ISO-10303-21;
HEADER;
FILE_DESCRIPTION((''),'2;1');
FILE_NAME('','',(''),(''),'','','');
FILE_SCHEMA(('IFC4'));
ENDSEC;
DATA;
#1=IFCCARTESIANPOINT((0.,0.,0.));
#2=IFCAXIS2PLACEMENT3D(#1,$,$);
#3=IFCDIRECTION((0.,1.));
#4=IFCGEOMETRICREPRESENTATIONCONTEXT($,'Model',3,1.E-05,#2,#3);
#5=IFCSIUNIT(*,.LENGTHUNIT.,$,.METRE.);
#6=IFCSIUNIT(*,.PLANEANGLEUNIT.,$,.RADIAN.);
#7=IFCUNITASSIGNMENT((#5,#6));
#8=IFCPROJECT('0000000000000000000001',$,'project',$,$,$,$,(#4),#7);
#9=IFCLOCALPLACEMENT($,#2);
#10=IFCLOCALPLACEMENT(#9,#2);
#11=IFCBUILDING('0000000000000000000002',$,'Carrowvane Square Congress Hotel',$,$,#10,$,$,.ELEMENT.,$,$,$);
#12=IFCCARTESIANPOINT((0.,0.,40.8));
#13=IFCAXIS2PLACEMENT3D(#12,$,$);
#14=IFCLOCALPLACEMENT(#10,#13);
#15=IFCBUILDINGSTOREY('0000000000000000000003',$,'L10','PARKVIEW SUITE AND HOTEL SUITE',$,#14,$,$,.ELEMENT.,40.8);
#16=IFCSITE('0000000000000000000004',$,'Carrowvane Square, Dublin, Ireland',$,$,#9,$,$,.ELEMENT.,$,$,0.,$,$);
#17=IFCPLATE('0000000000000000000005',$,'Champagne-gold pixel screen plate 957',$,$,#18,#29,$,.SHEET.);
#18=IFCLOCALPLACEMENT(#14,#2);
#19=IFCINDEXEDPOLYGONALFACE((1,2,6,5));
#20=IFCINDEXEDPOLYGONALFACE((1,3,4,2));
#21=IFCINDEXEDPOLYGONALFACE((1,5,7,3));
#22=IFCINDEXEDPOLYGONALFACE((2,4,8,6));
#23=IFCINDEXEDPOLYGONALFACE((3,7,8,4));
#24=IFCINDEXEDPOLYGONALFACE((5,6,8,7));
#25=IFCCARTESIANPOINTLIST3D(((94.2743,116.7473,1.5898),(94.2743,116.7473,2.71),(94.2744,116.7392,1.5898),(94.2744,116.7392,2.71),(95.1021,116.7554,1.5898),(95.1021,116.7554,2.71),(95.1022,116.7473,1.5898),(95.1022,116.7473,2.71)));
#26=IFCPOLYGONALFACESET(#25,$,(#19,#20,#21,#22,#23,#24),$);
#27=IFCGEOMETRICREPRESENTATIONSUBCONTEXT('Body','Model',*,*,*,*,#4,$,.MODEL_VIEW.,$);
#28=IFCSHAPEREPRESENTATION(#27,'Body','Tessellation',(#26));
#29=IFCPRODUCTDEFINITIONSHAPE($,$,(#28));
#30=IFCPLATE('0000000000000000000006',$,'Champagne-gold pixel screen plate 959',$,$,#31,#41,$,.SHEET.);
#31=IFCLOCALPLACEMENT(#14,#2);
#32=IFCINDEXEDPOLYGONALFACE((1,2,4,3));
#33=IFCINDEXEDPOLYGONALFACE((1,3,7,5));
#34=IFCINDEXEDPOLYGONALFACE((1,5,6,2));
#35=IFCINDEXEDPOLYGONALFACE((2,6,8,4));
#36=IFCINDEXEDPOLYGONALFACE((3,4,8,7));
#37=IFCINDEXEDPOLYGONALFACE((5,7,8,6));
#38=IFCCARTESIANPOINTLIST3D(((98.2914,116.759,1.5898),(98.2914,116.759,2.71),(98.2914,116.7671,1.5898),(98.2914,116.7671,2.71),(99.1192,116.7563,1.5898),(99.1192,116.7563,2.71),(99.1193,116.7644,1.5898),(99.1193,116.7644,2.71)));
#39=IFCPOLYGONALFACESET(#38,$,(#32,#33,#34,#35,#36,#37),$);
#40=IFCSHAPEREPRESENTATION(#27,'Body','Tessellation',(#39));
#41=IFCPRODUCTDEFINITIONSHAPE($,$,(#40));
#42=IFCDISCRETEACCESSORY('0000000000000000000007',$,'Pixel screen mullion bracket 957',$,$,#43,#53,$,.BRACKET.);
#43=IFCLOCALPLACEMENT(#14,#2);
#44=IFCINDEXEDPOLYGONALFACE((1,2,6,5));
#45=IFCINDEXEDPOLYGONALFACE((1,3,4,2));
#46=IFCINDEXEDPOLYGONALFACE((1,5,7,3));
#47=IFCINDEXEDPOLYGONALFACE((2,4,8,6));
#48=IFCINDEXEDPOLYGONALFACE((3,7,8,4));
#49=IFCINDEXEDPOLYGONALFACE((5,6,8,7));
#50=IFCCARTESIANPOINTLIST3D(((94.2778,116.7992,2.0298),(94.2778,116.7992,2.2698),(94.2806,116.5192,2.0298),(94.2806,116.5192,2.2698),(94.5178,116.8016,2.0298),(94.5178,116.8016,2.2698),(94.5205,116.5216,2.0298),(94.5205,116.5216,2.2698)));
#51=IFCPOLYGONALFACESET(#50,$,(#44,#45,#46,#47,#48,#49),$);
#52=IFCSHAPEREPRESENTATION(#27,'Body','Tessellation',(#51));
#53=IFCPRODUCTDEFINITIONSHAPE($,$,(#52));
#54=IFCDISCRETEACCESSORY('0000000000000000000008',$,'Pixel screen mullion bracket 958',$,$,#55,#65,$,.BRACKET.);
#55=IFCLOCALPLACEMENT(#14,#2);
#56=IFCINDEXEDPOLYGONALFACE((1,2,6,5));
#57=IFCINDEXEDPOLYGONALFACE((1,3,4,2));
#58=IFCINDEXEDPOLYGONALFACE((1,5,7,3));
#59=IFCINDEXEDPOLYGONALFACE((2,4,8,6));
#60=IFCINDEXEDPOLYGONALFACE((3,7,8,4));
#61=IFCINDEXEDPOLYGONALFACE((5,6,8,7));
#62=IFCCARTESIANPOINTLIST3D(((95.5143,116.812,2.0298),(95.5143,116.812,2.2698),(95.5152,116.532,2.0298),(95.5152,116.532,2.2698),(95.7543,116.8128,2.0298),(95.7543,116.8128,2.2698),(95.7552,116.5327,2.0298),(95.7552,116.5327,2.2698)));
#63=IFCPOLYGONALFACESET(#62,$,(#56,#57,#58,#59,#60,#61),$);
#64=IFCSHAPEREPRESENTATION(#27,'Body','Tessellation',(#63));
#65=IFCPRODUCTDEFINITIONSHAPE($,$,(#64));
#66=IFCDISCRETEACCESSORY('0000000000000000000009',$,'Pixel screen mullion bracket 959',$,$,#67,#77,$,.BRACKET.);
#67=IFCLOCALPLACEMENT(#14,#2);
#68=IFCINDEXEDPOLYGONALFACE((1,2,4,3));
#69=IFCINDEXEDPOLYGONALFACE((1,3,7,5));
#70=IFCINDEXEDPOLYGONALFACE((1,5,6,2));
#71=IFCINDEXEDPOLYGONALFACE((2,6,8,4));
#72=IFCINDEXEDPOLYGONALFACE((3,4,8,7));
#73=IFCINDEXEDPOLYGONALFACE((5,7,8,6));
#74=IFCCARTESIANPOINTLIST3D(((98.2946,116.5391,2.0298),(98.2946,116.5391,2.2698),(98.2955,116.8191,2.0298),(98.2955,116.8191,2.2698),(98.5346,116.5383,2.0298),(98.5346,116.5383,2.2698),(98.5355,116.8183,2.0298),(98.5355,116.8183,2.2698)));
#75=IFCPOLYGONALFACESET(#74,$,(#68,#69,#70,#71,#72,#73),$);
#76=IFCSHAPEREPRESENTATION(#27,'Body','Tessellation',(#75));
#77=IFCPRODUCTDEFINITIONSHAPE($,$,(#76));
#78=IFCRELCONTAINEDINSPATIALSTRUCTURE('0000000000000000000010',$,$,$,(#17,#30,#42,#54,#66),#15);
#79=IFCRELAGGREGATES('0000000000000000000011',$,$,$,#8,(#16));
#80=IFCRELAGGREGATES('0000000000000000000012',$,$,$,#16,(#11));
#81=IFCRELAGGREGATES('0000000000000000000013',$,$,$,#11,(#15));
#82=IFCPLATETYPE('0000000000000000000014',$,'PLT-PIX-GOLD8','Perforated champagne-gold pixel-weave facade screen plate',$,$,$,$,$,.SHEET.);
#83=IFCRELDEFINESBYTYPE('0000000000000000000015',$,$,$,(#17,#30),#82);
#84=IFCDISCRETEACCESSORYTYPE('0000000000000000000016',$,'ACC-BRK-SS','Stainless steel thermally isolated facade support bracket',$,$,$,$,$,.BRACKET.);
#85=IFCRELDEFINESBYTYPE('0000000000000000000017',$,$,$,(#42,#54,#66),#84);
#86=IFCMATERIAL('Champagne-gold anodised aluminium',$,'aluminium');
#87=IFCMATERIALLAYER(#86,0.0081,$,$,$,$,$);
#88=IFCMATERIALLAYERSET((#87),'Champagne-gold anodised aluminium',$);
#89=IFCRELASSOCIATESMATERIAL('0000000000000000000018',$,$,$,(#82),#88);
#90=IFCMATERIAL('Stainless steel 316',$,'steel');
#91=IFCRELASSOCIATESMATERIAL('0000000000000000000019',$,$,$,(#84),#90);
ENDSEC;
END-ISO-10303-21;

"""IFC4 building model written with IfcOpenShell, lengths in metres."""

from ifc_helpers import new_model, si_unit, direction, frame, origin, origin_2d, place, context, subcontext, project, spatial, rectangle, extrude, material, layer, layer_set, type_object, element, save


model = new_model("IFC4")

# Units and contexts
model_context = context("Model", 3, precision=1e-05, world=origin(), true_north=direction((0.0, 1.0)))
body_context = subcontext(model_context, "Body", "Model", "MODEL_VIEW")
ifc_project = project(units=[si_unit("LENGTHUNIT", "METRE"), si_unit("PLANEANGLEUNIT", "RADIAN")], contexts=[model_context])

# Site, building, storey
site_placement = place(None, origin())
site = spatial("IfcSite", under=ifc_project, at=site_placement, Name="Carrowvane Square, Dublin, Ireland", CompositionType="ELEMENT", RefElevation=0.0)
building_placement = place(site_placement, origin())
building = spatial("IfcBuilding", under=site, at=building_placement, Name="Carrowvane Square Congress Hotel", CompositionType="ELEMENT")
storey_placement = place(building_placement, frame((0.0, 0.0, 40.8)))
storey = spatial("IfcBuildingStorey", under=building, at=storey_placement, Name="L10", Description="PARKVIEW SUITE AND HOTEL SUITE", CompositionType="ELEMENT", Elevation=40.8)

# Plates
ifc_material_1 = material(Name="Champagne-gold anodised aluminium", Category="aluminium")
ifc_layer_1 = layer(ifc_material_1, 0.0081)
ifc_layer_set_1 = layer_set([ifc_layer_1], Name="Champagne-gold anodised aluminium")
plate_type_1 = type_object("IfcPlateType", Name="PLT-PIX-GOLD8", Description="Perforated champagne-gold pixel-weave facade screen plate", PredefinedType="SHEET", material=ifc_layer_set_1)
for number, where, z_axis, x_axis, name in (
    (1, (94.6882, 116.7473, 1.5898), (0.0, 0.0, 1.0), (0.999952, 0.009782, 0.0), "Champagne-gold pixel screen plate 957"),
    (2, (98.7053, 116.7617, 1.5898), (0.0, 0.0, 1.0), (0.999995, -0.00327, 0.0), "Champagne-gold pixel screen plate 959"),
):
    element("IfcPlate", number, at=place(storey_placement, frame(where, z_axis=z_axis, x_axis=x_axis)), inside=storey, type_object=plate_type_1, Name=name, PredefinedType="SHEET", context=body_context, shape_type="SweptSolid", body=[
        extrude(rectangle(XDim=0.8279, YDim=0.0081, at=origin_2d()), origin(), (0.0, 0.0, 1.0), 1.1201),
    ])

# Discrete accessories
ifc_material_2 = material(Name="Stainless steel 316", Category="steel")
discrete_accessory_type = type_object("IfcDiscreteAccessoryType", Name="ACC-BRK-SS", Description="Stainless steel thermally isolated facade support bracket", PredefinedType="BRACKET", material=ifc_material_2)
for number, where, z_axis, x_axis, name in (
    (3, (94.3992, 116.6604, 2.0298), (0.0, 0.0, 1.0), (0.999952, 0.009782, 0.0), "Pixel screen mullion bracket 957"),
    (4, (95.6348, 116.6724, 2.0298), (0.0, 0.0, 1.0), (0.999995, 0.00327, 0.0), "Pixel screen mullion bracket 958"),
    (5, (98.415, 116.6787, 2.0298), (0.0, 0.0, 1.0), (0.999995, -0.00327, 0.0), "Pixel screen mullion bracket 959"),
):
    element("IfcDiscreteAccessory", number, at=place(storey_placement, frame(where, z_axis=z_axis, x_axis=x_axis)), inside=storey, type_object=discrete_accessory_type, Name=name, PredefinedType="BRACKET", context=body_context, shape_type="SweptSolid", body=[
        extrude(rectangle(XDim=0.24, YDim=0.28, at=origin_2d()), origin(), (0.0, 0.0, 1.0), 0.24),
    ])

save(model, "model.ifc")
